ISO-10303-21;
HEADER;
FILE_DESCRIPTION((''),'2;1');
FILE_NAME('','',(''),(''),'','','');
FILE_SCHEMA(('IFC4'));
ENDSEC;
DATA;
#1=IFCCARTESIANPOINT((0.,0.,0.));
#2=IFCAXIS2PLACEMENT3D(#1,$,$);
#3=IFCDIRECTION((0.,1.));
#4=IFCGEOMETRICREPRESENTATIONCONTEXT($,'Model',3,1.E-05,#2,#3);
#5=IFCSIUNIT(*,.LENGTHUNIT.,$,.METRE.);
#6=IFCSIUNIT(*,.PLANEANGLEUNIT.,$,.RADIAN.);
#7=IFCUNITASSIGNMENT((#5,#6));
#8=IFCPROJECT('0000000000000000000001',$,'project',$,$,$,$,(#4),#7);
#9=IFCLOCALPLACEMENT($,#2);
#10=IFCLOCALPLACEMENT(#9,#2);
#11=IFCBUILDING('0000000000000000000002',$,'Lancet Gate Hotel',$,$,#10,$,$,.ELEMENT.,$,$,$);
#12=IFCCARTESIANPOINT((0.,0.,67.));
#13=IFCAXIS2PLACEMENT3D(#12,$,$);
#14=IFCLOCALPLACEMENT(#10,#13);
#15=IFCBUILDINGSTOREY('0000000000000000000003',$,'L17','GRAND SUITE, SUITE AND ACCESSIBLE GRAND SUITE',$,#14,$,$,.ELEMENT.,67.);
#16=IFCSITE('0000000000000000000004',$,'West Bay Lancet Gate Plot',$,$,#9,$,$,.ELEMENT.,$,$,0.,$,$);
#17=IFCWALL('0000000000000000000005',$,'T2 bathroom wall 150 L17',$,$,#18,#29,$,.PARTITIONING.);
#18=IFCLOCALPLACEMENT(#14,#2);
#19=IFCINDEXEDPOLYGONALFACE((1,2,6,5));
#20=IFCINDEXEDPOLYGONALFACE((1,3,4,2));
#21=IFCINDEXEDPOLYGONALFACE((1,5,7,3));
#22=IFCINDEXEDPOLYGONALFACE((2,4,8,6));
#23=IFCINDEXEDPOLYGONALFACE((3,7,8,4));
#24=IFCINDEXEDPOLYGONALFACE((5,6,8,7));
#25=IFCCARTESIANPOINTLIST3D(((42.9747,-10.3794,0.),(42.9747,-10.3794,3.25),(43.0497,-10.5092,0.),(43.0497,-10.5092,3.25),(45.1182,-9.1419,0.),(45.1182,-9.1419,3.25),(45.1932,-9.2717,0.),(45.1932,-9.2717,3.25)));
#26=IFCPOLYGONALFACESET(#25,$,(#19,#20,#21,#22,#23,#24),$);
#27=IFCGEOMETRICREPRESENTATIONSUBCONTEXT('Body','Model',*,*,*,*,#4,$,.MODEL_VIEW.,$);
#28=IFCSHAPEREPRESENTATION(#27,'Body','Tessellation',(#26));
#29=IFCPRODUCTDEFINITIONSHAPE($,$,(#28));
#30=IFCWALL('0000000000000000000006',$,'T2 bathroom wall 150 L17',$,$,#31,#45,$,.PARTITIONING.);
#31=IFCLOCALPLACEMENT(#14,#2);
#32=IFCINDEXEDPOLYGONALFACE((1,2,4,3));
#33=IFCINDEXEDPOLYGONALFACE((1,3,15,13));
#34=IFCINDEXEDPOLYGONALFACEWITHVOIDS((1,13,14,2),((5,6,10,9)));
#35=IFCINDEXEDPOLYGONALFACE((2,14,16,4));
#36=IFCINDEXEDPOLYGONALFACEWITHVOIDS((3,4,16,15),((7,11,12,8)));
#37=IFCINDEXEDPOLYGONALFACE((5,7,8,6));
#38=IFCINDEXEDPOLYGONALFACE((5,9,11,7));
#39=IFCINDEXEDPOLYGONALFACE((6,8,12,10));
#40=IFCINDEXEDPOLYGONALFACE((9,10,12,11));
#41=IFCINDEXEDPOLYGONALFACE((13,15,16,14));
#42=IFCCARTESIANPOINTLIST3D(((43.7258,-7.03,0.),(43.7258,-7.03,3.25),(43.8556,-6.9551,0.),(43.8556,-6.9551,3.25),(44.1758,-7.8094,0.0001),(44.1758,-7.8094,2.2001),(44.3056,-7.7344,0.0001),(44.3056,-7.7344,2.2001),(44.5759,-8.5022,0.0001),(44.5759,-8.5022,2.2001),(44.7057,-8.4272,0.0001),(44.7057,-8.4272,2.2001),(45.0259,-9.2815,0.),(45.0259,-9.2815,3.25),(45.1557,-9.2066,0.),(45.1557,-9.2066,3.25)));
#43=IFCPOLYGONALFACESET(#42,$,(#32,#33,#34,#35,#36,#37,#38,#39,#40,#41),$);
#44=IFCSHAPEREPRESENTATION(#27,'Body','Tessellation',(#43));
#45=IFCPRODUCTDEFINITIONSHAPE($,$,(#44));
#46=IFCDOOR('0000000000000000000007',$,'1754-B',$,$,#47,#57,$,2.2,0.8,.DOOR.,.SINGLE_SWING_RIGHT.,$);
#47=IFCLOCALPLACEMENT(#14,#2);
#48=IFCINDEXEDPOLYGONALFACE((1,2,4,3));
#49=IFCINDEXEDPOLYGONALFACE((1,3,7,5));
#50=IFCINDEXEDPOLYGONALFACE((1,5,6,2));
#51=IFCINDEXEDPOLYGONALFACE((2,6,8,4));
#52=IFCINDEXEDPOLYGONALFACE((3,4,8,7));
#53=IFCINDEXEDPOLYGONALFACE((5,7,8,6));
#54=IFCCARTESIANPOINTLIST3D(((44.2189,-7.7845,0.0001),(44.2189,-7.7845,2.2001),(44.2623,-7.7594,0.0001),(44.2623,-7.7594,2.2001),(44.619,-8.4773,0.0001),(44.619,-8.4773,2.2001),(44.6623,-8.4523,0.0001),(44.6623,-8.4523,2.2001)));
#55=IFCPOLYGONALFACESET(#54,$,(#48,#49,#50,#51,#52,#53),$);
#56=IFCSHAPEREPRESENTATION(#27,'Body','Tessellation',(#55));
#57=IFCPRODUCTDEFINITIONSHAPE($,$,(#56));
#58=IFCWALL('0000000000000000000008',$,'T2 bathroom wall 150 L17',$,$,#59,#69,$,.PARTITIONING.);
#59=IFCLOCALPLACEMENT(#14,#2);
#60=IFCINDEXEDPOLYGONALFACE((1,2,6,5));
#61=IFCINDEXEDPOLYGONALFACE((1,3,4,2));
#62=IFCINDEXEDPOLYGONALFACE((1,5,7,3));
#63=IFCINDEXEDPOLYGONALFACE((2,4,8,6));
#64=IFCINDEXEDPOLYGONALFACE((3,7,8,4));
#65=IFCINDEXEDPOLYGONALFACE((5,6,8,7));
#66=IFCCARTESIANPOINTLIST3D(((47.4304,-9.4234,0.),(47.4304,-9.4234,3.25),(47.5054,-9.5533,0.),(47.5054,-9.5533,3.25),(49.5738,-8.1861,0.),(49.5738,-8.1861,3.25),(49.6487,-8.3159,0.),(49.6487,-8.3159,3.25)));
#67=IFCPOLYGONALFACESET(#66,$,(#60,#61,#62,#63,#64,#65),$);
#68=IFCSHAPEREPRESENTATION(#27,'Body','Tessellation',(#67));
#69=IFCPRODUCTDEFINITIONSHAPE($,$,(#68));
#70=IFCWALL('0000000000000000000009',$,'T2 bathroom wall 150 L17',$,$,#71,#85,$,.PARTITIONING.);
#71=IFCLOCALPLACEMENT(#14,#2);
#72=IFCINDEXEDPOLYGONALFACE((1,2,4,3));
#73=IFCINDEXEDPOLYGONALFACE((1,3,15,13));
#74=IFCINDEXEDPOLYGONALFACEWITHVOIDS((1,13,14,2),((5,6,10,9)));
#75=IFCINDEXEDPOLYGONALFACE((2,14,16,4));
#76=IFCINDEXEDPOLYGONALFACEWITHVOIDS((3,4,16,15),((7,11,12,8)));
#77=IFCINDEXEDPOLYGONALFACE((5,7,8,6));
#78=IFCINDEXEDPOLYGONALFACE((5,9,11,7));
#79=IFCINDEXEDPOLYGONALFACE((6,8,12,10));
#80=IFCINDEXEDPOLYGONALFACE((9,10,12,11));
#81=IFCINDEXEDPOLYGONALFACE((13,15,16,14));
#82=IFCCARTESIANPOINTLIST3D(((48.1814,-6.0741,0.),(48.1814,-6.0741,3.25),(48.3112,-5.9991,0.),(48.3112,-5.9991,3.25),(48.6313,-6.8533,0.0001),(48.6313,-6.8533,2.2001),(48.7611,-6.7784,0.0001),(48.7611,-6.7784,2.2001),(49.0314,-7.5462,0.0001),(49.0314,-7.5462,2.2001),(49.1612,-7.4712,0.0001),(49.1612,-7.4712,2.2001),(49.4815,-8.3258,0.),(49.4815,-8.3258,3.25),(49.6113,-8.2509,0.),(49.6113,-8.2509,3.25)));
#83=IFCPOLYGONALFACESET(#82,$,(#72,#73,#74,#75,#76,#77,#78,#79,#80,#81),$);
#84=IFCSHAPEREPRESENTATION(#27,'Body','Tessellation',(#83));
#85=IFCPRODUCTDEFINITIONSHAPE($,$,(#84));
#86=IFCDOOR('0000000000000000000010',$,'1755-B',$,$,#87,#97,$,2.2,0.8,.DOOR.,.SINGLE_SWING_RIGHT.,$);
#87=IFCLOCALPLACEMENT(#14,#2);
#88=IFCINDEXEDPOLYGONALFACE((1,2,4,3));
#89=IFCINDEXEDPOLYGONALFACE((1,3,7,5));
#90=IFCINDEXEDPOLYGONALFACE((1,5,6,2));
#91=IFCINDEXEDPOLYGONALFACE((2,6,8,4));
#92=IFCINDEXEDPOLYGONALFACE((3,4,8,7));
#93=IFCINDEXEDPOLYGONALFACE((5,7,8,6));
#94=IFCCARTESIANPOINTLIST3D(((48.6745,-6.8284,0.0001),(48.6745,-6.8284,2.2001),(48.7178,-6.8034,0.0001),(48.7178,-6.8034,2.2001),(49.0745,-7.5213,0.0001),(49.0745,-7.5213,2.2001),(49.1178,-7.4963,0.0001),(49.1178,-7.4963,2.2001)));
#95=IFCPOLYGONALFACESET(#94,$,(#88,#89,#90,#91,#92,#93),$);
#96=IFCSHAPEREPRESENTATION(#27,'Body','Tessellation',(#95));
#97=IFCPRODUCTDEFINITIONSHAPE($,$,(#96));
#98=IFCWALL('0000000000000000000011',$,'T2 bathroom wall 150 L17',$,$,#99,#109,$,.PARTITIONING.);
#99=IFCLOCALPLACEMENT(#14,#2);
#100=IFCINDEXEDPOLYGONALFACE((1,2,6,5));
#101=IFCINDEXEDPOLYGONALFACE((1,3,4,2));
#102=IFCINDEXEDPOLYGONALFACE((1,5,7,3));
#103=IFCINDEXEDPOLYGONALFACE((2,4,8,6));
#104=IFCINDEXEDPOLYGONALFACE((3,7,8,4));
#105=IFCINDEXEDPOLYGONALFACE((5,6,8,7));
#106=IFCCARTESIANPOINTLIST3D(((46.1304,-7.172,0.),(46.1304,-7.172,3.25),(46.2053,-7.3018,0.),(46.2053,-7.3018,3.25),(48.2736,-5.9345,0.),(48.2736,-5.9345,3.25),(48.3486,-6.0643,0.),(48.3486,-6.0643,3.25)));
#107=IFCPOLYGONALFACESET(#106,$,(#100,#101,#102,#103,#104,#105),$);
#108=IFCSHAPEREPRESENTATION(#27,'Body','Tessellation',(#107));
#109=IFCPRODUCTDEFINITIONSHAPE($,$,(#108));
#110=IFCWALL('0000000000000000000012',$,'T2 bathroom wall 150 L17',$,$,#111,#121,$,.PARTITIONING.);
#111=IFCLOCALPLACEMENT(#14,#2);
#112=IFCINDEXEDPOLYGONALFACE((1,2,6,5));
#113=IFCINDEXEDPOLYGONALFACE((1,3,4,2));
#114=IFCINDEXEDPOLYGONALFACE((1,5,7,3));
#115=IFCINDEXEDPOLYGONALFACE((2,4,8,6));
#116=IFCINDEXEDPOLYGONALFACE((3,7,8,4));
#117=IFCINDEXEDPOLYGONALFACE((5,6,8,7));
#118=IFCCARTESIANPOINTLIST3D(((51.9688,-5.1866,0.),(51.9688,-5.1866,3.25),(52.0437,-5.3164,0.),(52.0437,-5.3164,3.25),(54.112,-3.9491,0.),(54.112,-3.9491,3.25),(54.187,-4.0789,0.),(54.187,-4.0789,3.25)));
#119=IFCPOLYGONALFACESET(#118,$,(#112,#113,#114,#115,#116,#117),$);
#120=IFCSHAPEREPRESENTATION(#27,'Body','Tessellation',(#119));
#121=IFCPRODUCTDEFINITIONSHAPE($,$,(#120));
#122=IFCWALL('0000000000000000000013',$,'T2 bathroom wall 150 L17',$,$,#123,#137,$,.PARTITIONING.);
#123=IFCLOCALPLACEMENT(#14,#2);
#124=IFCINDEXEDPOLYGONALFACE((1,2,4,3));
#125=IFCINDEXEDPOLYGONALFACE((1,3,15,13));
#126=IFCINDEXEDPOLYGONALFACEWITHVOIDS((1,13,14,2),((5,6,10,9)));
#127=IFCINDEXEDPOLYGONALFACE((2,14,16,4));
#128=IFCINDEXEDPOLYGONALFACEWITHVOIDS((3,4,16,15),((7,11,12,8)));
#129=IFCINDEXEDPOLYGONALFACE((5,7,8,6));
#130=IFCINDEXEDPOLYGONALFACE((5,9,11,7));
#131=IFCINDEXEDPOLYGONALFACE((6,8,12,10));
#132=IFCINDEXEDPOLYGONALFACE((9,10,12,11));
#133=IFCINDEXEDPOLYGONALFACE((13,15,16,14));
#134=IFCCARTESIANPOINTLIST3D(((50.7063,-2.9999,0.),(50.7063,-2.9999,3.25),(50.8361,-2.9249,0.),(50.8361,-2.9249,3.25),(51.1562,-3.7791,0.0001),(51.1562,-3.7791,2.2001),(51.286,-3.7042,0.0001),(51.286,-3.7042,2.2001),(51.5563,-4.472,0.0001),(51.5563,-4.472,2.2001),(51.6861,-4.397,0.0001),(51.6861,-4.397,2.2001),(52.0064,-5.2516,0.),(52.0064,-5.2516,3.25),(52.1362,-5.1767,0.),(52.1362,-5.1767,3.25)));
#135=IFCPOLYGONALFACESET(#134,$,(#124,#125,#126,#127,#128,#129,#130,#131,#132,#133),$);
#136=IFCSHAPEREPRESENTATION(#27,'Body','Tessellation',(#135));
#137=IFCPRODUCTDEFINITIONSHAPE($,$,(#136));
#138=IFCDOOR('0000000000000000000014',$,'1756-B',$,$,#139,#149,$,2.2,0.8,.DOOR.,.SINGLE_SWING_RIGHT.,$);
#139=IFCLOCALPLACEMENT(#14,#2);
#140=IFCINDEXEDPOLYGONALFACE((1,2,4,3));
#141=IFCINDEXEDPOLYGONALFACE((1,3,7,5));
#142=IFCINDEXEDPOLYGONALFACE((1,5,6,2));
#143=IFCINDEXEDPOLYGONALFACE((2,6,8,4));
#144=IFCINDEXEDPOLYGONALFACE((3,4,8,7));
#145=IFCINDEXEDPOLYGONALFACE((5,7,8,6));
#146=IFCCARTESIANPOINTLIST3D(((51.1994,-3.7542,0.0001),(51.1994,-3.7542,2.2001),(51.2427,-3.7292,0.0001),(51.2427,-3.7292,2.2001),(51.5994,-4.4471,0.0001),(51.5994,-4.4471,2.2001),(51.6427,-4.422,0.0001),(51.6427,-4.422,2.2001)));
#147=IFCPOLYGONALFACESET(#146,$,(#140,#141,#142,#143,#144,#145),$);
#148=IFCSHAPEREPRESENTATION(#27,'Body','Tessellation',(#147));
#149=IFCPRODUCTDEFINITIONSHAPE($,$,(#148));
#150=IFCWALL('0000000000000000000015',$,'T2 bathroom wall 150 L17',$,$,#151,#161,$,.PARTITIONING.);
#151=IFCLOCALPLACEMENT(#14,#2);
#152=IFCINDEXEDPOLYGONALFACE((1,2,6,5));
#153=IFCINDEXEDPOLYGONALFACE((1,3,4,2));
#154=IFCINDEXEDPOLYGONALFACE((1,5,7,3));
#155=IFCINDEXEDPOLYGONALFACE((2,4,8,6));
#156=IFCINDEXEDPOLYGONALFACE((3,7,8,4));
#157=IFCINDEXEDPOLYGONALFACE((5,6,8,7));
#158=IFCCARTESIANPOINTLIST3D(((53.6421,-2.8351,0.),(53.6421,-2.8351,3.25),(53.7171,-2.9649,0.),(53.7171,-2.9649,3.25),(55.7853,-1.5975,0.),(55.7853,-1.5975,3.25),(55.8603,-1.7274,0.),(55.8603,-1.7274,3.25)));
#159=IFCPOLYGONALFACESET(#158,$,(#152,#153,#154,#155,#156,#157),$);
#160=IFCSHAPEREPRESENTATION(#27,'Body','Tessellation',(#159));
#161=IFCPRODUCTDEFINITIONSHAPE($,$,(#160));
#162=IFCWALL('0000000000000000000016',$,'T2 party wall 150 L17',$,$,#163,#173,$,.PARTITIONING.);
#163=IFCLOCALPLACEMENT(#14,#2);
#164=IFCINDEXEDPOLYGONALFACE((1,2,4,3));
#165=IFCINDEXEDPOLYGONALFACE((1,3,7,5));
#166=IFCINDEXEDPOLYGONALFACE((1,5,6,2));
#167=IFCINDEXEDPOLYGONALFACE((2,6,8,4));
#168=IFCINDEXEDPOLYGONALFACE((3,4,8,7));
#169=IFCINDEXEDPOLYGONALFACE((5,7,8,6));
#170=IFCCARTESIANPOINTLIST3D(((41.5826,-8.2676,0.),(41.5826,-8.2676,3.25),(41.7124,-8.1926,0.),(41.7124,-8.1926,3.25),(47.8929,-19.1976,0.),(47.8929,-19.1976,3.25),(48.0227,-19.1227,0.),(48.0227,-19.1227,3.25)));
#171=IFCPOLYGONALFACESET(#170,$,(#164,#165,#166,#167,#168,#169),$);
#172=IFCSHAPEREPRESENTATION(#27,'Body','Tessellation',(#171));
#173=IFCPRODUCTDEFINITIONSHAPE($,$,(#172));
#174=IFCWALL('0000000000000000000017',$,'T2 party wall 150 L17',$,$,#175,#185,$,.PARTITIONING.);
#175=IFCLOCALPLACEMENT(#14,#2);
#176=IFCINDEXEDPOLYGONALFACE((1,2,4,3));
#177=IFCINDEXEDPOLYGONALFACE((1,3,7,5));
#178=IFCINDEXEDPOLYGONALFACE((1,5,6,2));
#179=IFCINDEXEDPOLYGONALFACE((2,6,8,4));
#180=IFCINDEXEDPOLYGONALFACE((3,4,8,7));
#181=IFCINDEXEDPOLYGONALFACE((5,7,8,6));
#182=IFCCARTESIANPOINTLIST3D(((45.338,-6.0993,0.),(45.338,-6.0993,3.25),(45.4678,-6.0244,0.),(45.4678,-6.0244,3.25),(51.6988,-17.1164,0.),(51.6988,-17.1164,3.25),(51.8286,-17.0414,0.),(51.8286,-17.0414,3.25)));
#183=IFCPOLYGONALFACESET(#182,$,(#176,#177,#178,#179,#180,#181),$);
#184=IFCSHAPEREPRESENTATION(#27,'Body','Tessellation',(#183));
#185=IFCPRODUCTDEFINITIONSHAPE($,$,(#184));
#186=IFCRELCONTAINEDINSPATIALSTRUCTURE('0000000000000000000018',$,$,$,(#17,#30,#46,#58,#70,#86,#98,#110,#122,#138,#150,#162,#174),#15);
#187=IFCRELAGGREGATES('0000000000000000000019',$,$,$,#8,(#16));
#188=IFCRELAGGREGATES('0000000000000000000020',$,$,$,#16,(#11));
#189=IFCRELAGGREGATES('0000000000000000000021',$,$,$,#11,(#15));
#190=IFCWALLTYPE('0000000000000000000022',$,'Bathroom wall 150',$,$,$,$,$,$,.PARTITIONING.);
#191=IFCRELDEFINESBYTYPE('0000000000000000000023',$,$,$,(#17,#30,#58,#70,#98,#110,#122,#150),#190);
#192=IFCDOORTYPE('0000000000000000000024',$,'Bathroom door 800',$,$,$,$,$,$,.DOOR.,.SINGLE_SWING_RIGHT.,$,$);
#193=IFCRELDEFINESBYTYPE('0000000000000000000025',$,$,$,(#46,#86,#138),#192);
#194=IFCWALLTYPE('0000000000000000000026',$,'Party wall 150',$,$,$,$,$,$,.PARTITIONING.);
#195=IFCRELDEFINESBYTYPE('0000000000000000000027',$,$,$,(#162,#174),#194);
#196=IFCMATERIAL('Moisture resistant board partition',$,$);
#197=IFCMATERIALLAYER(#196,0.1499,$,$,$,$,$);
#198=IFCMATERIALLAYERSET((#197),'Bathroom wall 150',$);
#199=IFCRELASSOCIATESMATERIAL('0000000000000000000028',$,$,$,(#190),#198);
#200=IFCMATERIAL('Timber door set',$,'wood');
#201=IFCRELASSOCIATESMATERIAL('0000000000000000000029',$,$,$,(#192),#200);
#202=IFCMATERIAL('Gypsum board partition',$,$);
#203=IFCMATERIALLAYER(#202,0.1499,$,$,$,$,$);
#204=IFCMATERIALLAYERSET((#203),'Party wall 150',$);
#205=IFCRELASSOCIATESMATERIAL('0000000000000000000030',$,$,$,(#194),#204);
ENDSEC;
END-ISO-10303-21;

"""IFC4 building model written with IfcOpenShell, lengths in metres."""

from ifc_helpers import new_model, si_unit, direction, frame, frame_2d, origin, place, context, subcontext, project, spatial, rectangle, extrude, material, layer, layer_set, type_object, element, fill, save


model = new_model("IFC4")

# Units and contexts
model_context = context("Model", 3, precision=1e-05, world=origin(), true_north=direction((0.0, 1.0)))
body_context = subcontext(model_context, "Body", "Model", "MODEL_VIEW")
ifc_project = project(units=[si_unit("LENGTHUNIT", "METRE"), si_unit("PLANEANGLEUNIT", "RADIAN")], contexts=[model_context])

# Site, building, storey
site_placement = place(None, origin())
site = spatial("IfcSite", under=ifc_project, at=site_placement, Name="West Bay Lancet Gate Plot", CompositionType="ELEMENT", RefElevation=0.0)
building_placement = place(site_placement, origin())
building = spatial("IfcBuilding", under=site, at=building_placement, Name="Lancet Gate Hotel", CompositionType="ELEMENT")
storey_placement = place(building_placement, frame((0.0, 0.0, 67.0)))
storey = spatial("IfcBuildingStorey", under=building, at=storey_placement, Name="L17", Description="GRAND SUITE, SUITE AND ACCESSIBLE GRAND SUITE", CompositionType="ELEMENT", Elevation=67.0)

# Wall
ifc_material_1 = material(Name="Moisture resistant board partition")
ifc_layer_1 = layer(ifc_material_1, 0.1499)
ifc_layer_set_1 = layer_set([ifc_layer_1], Name="Bathroom wall 150")
wall_type_1 = type_object("IfcWallType", Name="Bathroom wall 150", PredefinedType="PARTITIONING", material=ifc_layer_set_1)
wall_1_placement = place(storey_placement, frame((43.0122, -10.4443, 0.0), z_axis=(0.0, 0.0, 1.0), x_axis=(0.866031, 0.49999, 0.0)))
element("IfcWall", 1, at=wall_1_placement, inside=storey, type_object=wall_type_1, Name="T2 bathroom wall 150 L17", PredefinedType="PARTITIONING", context=body_context, shape_type="SweptSolid", body=[
    extrude(rectangle(XDim=2.4751, YDim=0.1499, at=frame_2d((1.2375, 0.0))), origin(), (0.0, 0.0, 1.0), 3.25),
])

# Wall, opening, door
wall_2_placement = place(storey_placement, frame((43.7908, -6.9927, 0.0), z_axis=(0.0, 0.0, 1.0), x_axis=(0.500048, -0.865998, 0.0)))
wall_2 = element("IfcWall", 2, at=wall_2_placement, inside=storey, type_object=wall_type_1, Name="T2 bathroom wall 150 L17", PredefinedType="PARTITIONING", context=body_context, shape_type="SweptSolid", body=[
    extrude(rectangle(XDim=2.5999, YDim=0.1499, at=frame_2d((1.2998, 0.0))), origin(), (0.0, 0.0, 1.0), 3.25),
])
opening_1_placement = place(wall_2_placement, frame((0.8999, 0.0, 0.0)))
opening_1 = element("IfcOpeningElement", 3, at=opening_1_placement, cuts=wall_2, PredefinedType="OPENING", context=body_context, shape_type="SweptSolid", body=[
    extrude(rectangle(XDim=0.8, YDim=2.2, at=frame_2d((0.3999, 1.1001))), frame((0.0, 0.085, 0.0), z_axis=(0.0, -1.0, 0.0), x_axis=(1.0, 0.0, 0.0)), (0.0, 0.0, 1.0), 0.1699),
])
ifc_material_2 = material(Name="Timber door set", Category="wood")
door_type_1 = type_object("IfcDoorType", Name="Bathroom door 800", OperationType="SINGLE_SWING_RIGHT", PredefinedType="DOOR", material=ifc_material_2)
door_1_placement = place(opening_1_placement, origin())
door_1 = element("IfcDoor", 4, at=door_1_placement, inside=storey, type_object=door_type_1, Name="1754-B", OperationType="SINGLE_SWING_RIGHT", OverallHeight=2.2, OverallWidth=0.8, PredefinedType="DOOR", context=body_context, shape_type="SweptSolid", body=[
    extrude(rectangle(XDim=0.8, YDim=2.2, at=frame_2d((0.3999, 1.1001))), frame((0.0, 0.0249, 0.0), z_axis=(0.0, -1.0, 0.0), x_axis=(1.0, 0.0, 0.0)), (0.0, 0.0, 1.0), 0.05),
])
fill(opening_1, door_1)

# Wall
wall_3_placement = place(storey_placement, frame((47.468, -9.4883, 0.0), z_axis=(0.0, 0.0, 1.0), x_axis=(0.866049, 0.499959, 0.0)))
element("IfcWall", 5, at=wall_3_placement, inside=storey, type_object=wall_type_1, Name="T2 bathroom wall 150 L17", PredefinedType="PARTITIONING", context=body_context, shape_type="SweptSolid", body=[
    extrude(rectangle(XDim=2.4749, YDim=0.1499, at=frame_2d((1.2373, 0.0))), origin(), (0.0, 0.0, 1.0), 3.25),
])

# Wall, opening, door
wall_4_placement = place(storey_placement, frame((48.2463, -6.0366, 0.0), z_axis=(0.0, 0.0, 1.0), x_axis=(0.500007, -0.866021, 0.0)))
wall_4 = element("IfcWall", 6, at=wall_4_placement, inside=storey, type_object=wall_type_1, Name="T2 bathroom wall 150 L17", PredefinedType="PARTITIONING", context=body_context, shape_type="SweptSolid", body=[
    extrude(rectangle(XDim=2.6001, YDim=0.1499, at=frame_2d((1.3, 0.0))), origin(), (0.0, 0.0, 1.0), 3.25),
])
opening_2_placement = place(wall_4_placement, frame((0.8999, 0.0, 0.0)))
opening_2 = element("IfcOpeningElement", 7, at=opening_2_placement, cuts=wall_4, PredefinedType="OPENING", context=body_context, shape_type="SweptSolid", body=[
    extrude(rectangle(XDim=0.8, YDim=2.2, at=frame_2d((0.3999, 1.1001))), frame((0.0, 0.085, 0.0), z_axis=(0.0, -1.0, 0.0), x_axis=(1.0, 0.0, 0.0)), (0.0, 0.0, 1.0), 0.1699),
])
door_2_placement = place(opening_2_placement, origin())
door_2 = element("IfcDoor", 8, at=door_2_placement, inside=storey, type_object=door_type_1, Name="1755-B", OperationType="SINGLE_SWING_RIGHT", OverallHeight=2.2, OverallWidth=0.8, PredefinedType="DOOR", context=body_context, shape_type="SweptSolid", body=[
    extrude(rectangle(XDim=0.8, YDim=2.2, at=frame_2d((0.3999, 1.1001))), frame((0.0, 0.0249, 0.0), z_axis=(0.0, -1.0, 0.0), x_axis=(1.0, 0.0, 0.0)), (0.0, 0.0, 1.0), 0.05),
])
fill(opening_2, door_2)

# Walls
for number, where, z_axis, x_axis, name in (
    (9, (46.168, -7.2368, 0.0), (0.0, 0.0, 1.0), (0.866007, 0.500033, 0.0), "T2 bathroom wall 150 L17"),
    (10, (52.0063, -5.2515, 0.0), (0.0, 0.0, 1.0), (0.866007, 0.500033, 0.0), "T2 bathroom wall 150 L17"),
):
    element("IfcWall", number, at=place(storey_placement, frame(where, z_axis=z_axis, x_axis=x_axis)), inside=storey, type_object=wall_type_1, Name=name, PredefinedType="PARTITIONING", context=body_context, shape_type="SweptSolid", body=[
        extrude(rectangle(XDim=2.4749, YDim=0.1499, at=frame_2d((1.2373, 0.0))), origin(), (0.0, 0.0, 1.0), 3.25),
    ])

# Wall, opening, door
wall_5_placement = place(storey_placement, frame((50.7712, -2.9624, 0.0), z_axis=(0.0, 0.0, 1.0), x_axis=(0.500007, -0.866021, 0.0)))
wall_5 = element("IfcWall", 11, at=wall_5_placement, inside=storey, type_object=wall_type_1, Name="T2 bathroom wall 150 L17", PredefinedType="PARTITIONING", context=body_context, shape_type="SweptSolid", body=[
    extrude(rectangle(XDim=2.6001, YDim=0.1499, at=frame_2d((1.3, 0.0))), origin(), (0.0, 0.0, 1.0), 3.25),
])
opening_3_placement = place(wall_5_placement, frame((0.8999, 0.0, 0.0)))
opening_3 = element("IfcOpeningElement", 12, at=opening_3_placement, cuts=wall_5, PredefinedType="OPENING", context=body_context, shape_type="SweptSolid", body=[
    extrude(rectangle(XDim=0.8, YDim=2.2, at=frame_2d((0.3999, 1.1001))), frame((0.0, 0.085, 0.0), z_axis=(0.0, -1.0, 0.0), x_axis=(1.0, 0.0, 0.0)), (0.0, 0.0, 1.0), 0.1699),
])
door_3_placement = place(opening_3_placement, origin())
door_3 = element("IfcDoor", 13, at=door_3_placement, inside=storey, type_object=door_type_1, Name="1756-B", OperationType="SINGLE_SWING_RIGHT", OverallHeight=2.2, OverallWidth=0.8, PredefinedType="DOOR", context=body_context, shape_type="SweptSolid", body=[
    extrude(rectangle(XDim=0.8, YDim=2.2, at=frame_2d((0.3999, 1.1001))), frame((0.0, 0.0249, 0.0), z_axis=(0.0, -1.0, 0.0), x_axis=(1.0, 0.0, 0.0)), (0.0, 0.0, 1.0), 0.05),
])
fill(opening_3, door_3)

# Walls
wall_6_placement = place(storey_placement, frame((53.6797, -2.8999, 0.0), z_axis=(0.0, 0.0, 1.0), x_axis=(0.866007, 0.500033, 0.0)))
element("IfcWall", 14, at=wall_6_placement, inside=storey, type_object=wall_type_1, Name="T2 bathroom wall 150 L17", PredefinedType="PARTITIONING", context=body_context, shape_type="SweptSolid", body=[
    extrude(rectangle(XDim=2.4749, YDim=0.1499, at=frame_2d((1.2373, 0.0))), origin(), (0.0, 0.0, 1.0), 3.25),
])
ifc_material_3 = material(Name="Gypsum board partition")
ifc_layer_2 = layer(ifc_material_3, 0.1499)
ifc_layer_set_2 = layer_set([ifc_layer_2], Name="Party wall 150")
wall_type_2 = type_object("IfcWallType", Name="Party wall 150", PredefinedType="PARTITIONING", material=ifc_layer_set_2)
wall_7_placement = place(storey_placement, frame((41.6475, -8.23, 0.0), z_axis=(0.0, 0.0, 1.0), x_axis=(0.499986, -0.866034, 0.0)))
element("IfcWall", 15, at=wall_7_placement, inside=storey, type_object=wall_type_2, Name="T2 party wall 150 L17", PredefinedType="PARTITIONING", context=body_context, shape_type="SweptSolid", body=[
    extrude(rectangle(XDim=12.6208, YDim=0.1499, at=frame_2d((6.3105, 0.0))), origin(), (0.0, 0.0, 1.0), 3.25),
])
wall_8_placement = place(storey_placement, frame((45.4028, -6.0618, 0.0), z_axis=(0.0, 0.0, 1.0), x_axis=(0.500007, -0.866021, 0.0)))
element("IfcWall", 16, at=wall_8_placement, inside=storey, type_object=wall_type_2, Name="T2 party wall 150 L17", PredefinedType="PARTITIONING", context=body_context, shape_type="SweptSolid", body=[
    extrude(rectangle(XDim=12.7214, YDim=0.1499, at=frame_2d((6.3608, 0.0))), origin(), (0.0, 0.0, 1.0), 3.25),
])

save(model, "model.ifc")
